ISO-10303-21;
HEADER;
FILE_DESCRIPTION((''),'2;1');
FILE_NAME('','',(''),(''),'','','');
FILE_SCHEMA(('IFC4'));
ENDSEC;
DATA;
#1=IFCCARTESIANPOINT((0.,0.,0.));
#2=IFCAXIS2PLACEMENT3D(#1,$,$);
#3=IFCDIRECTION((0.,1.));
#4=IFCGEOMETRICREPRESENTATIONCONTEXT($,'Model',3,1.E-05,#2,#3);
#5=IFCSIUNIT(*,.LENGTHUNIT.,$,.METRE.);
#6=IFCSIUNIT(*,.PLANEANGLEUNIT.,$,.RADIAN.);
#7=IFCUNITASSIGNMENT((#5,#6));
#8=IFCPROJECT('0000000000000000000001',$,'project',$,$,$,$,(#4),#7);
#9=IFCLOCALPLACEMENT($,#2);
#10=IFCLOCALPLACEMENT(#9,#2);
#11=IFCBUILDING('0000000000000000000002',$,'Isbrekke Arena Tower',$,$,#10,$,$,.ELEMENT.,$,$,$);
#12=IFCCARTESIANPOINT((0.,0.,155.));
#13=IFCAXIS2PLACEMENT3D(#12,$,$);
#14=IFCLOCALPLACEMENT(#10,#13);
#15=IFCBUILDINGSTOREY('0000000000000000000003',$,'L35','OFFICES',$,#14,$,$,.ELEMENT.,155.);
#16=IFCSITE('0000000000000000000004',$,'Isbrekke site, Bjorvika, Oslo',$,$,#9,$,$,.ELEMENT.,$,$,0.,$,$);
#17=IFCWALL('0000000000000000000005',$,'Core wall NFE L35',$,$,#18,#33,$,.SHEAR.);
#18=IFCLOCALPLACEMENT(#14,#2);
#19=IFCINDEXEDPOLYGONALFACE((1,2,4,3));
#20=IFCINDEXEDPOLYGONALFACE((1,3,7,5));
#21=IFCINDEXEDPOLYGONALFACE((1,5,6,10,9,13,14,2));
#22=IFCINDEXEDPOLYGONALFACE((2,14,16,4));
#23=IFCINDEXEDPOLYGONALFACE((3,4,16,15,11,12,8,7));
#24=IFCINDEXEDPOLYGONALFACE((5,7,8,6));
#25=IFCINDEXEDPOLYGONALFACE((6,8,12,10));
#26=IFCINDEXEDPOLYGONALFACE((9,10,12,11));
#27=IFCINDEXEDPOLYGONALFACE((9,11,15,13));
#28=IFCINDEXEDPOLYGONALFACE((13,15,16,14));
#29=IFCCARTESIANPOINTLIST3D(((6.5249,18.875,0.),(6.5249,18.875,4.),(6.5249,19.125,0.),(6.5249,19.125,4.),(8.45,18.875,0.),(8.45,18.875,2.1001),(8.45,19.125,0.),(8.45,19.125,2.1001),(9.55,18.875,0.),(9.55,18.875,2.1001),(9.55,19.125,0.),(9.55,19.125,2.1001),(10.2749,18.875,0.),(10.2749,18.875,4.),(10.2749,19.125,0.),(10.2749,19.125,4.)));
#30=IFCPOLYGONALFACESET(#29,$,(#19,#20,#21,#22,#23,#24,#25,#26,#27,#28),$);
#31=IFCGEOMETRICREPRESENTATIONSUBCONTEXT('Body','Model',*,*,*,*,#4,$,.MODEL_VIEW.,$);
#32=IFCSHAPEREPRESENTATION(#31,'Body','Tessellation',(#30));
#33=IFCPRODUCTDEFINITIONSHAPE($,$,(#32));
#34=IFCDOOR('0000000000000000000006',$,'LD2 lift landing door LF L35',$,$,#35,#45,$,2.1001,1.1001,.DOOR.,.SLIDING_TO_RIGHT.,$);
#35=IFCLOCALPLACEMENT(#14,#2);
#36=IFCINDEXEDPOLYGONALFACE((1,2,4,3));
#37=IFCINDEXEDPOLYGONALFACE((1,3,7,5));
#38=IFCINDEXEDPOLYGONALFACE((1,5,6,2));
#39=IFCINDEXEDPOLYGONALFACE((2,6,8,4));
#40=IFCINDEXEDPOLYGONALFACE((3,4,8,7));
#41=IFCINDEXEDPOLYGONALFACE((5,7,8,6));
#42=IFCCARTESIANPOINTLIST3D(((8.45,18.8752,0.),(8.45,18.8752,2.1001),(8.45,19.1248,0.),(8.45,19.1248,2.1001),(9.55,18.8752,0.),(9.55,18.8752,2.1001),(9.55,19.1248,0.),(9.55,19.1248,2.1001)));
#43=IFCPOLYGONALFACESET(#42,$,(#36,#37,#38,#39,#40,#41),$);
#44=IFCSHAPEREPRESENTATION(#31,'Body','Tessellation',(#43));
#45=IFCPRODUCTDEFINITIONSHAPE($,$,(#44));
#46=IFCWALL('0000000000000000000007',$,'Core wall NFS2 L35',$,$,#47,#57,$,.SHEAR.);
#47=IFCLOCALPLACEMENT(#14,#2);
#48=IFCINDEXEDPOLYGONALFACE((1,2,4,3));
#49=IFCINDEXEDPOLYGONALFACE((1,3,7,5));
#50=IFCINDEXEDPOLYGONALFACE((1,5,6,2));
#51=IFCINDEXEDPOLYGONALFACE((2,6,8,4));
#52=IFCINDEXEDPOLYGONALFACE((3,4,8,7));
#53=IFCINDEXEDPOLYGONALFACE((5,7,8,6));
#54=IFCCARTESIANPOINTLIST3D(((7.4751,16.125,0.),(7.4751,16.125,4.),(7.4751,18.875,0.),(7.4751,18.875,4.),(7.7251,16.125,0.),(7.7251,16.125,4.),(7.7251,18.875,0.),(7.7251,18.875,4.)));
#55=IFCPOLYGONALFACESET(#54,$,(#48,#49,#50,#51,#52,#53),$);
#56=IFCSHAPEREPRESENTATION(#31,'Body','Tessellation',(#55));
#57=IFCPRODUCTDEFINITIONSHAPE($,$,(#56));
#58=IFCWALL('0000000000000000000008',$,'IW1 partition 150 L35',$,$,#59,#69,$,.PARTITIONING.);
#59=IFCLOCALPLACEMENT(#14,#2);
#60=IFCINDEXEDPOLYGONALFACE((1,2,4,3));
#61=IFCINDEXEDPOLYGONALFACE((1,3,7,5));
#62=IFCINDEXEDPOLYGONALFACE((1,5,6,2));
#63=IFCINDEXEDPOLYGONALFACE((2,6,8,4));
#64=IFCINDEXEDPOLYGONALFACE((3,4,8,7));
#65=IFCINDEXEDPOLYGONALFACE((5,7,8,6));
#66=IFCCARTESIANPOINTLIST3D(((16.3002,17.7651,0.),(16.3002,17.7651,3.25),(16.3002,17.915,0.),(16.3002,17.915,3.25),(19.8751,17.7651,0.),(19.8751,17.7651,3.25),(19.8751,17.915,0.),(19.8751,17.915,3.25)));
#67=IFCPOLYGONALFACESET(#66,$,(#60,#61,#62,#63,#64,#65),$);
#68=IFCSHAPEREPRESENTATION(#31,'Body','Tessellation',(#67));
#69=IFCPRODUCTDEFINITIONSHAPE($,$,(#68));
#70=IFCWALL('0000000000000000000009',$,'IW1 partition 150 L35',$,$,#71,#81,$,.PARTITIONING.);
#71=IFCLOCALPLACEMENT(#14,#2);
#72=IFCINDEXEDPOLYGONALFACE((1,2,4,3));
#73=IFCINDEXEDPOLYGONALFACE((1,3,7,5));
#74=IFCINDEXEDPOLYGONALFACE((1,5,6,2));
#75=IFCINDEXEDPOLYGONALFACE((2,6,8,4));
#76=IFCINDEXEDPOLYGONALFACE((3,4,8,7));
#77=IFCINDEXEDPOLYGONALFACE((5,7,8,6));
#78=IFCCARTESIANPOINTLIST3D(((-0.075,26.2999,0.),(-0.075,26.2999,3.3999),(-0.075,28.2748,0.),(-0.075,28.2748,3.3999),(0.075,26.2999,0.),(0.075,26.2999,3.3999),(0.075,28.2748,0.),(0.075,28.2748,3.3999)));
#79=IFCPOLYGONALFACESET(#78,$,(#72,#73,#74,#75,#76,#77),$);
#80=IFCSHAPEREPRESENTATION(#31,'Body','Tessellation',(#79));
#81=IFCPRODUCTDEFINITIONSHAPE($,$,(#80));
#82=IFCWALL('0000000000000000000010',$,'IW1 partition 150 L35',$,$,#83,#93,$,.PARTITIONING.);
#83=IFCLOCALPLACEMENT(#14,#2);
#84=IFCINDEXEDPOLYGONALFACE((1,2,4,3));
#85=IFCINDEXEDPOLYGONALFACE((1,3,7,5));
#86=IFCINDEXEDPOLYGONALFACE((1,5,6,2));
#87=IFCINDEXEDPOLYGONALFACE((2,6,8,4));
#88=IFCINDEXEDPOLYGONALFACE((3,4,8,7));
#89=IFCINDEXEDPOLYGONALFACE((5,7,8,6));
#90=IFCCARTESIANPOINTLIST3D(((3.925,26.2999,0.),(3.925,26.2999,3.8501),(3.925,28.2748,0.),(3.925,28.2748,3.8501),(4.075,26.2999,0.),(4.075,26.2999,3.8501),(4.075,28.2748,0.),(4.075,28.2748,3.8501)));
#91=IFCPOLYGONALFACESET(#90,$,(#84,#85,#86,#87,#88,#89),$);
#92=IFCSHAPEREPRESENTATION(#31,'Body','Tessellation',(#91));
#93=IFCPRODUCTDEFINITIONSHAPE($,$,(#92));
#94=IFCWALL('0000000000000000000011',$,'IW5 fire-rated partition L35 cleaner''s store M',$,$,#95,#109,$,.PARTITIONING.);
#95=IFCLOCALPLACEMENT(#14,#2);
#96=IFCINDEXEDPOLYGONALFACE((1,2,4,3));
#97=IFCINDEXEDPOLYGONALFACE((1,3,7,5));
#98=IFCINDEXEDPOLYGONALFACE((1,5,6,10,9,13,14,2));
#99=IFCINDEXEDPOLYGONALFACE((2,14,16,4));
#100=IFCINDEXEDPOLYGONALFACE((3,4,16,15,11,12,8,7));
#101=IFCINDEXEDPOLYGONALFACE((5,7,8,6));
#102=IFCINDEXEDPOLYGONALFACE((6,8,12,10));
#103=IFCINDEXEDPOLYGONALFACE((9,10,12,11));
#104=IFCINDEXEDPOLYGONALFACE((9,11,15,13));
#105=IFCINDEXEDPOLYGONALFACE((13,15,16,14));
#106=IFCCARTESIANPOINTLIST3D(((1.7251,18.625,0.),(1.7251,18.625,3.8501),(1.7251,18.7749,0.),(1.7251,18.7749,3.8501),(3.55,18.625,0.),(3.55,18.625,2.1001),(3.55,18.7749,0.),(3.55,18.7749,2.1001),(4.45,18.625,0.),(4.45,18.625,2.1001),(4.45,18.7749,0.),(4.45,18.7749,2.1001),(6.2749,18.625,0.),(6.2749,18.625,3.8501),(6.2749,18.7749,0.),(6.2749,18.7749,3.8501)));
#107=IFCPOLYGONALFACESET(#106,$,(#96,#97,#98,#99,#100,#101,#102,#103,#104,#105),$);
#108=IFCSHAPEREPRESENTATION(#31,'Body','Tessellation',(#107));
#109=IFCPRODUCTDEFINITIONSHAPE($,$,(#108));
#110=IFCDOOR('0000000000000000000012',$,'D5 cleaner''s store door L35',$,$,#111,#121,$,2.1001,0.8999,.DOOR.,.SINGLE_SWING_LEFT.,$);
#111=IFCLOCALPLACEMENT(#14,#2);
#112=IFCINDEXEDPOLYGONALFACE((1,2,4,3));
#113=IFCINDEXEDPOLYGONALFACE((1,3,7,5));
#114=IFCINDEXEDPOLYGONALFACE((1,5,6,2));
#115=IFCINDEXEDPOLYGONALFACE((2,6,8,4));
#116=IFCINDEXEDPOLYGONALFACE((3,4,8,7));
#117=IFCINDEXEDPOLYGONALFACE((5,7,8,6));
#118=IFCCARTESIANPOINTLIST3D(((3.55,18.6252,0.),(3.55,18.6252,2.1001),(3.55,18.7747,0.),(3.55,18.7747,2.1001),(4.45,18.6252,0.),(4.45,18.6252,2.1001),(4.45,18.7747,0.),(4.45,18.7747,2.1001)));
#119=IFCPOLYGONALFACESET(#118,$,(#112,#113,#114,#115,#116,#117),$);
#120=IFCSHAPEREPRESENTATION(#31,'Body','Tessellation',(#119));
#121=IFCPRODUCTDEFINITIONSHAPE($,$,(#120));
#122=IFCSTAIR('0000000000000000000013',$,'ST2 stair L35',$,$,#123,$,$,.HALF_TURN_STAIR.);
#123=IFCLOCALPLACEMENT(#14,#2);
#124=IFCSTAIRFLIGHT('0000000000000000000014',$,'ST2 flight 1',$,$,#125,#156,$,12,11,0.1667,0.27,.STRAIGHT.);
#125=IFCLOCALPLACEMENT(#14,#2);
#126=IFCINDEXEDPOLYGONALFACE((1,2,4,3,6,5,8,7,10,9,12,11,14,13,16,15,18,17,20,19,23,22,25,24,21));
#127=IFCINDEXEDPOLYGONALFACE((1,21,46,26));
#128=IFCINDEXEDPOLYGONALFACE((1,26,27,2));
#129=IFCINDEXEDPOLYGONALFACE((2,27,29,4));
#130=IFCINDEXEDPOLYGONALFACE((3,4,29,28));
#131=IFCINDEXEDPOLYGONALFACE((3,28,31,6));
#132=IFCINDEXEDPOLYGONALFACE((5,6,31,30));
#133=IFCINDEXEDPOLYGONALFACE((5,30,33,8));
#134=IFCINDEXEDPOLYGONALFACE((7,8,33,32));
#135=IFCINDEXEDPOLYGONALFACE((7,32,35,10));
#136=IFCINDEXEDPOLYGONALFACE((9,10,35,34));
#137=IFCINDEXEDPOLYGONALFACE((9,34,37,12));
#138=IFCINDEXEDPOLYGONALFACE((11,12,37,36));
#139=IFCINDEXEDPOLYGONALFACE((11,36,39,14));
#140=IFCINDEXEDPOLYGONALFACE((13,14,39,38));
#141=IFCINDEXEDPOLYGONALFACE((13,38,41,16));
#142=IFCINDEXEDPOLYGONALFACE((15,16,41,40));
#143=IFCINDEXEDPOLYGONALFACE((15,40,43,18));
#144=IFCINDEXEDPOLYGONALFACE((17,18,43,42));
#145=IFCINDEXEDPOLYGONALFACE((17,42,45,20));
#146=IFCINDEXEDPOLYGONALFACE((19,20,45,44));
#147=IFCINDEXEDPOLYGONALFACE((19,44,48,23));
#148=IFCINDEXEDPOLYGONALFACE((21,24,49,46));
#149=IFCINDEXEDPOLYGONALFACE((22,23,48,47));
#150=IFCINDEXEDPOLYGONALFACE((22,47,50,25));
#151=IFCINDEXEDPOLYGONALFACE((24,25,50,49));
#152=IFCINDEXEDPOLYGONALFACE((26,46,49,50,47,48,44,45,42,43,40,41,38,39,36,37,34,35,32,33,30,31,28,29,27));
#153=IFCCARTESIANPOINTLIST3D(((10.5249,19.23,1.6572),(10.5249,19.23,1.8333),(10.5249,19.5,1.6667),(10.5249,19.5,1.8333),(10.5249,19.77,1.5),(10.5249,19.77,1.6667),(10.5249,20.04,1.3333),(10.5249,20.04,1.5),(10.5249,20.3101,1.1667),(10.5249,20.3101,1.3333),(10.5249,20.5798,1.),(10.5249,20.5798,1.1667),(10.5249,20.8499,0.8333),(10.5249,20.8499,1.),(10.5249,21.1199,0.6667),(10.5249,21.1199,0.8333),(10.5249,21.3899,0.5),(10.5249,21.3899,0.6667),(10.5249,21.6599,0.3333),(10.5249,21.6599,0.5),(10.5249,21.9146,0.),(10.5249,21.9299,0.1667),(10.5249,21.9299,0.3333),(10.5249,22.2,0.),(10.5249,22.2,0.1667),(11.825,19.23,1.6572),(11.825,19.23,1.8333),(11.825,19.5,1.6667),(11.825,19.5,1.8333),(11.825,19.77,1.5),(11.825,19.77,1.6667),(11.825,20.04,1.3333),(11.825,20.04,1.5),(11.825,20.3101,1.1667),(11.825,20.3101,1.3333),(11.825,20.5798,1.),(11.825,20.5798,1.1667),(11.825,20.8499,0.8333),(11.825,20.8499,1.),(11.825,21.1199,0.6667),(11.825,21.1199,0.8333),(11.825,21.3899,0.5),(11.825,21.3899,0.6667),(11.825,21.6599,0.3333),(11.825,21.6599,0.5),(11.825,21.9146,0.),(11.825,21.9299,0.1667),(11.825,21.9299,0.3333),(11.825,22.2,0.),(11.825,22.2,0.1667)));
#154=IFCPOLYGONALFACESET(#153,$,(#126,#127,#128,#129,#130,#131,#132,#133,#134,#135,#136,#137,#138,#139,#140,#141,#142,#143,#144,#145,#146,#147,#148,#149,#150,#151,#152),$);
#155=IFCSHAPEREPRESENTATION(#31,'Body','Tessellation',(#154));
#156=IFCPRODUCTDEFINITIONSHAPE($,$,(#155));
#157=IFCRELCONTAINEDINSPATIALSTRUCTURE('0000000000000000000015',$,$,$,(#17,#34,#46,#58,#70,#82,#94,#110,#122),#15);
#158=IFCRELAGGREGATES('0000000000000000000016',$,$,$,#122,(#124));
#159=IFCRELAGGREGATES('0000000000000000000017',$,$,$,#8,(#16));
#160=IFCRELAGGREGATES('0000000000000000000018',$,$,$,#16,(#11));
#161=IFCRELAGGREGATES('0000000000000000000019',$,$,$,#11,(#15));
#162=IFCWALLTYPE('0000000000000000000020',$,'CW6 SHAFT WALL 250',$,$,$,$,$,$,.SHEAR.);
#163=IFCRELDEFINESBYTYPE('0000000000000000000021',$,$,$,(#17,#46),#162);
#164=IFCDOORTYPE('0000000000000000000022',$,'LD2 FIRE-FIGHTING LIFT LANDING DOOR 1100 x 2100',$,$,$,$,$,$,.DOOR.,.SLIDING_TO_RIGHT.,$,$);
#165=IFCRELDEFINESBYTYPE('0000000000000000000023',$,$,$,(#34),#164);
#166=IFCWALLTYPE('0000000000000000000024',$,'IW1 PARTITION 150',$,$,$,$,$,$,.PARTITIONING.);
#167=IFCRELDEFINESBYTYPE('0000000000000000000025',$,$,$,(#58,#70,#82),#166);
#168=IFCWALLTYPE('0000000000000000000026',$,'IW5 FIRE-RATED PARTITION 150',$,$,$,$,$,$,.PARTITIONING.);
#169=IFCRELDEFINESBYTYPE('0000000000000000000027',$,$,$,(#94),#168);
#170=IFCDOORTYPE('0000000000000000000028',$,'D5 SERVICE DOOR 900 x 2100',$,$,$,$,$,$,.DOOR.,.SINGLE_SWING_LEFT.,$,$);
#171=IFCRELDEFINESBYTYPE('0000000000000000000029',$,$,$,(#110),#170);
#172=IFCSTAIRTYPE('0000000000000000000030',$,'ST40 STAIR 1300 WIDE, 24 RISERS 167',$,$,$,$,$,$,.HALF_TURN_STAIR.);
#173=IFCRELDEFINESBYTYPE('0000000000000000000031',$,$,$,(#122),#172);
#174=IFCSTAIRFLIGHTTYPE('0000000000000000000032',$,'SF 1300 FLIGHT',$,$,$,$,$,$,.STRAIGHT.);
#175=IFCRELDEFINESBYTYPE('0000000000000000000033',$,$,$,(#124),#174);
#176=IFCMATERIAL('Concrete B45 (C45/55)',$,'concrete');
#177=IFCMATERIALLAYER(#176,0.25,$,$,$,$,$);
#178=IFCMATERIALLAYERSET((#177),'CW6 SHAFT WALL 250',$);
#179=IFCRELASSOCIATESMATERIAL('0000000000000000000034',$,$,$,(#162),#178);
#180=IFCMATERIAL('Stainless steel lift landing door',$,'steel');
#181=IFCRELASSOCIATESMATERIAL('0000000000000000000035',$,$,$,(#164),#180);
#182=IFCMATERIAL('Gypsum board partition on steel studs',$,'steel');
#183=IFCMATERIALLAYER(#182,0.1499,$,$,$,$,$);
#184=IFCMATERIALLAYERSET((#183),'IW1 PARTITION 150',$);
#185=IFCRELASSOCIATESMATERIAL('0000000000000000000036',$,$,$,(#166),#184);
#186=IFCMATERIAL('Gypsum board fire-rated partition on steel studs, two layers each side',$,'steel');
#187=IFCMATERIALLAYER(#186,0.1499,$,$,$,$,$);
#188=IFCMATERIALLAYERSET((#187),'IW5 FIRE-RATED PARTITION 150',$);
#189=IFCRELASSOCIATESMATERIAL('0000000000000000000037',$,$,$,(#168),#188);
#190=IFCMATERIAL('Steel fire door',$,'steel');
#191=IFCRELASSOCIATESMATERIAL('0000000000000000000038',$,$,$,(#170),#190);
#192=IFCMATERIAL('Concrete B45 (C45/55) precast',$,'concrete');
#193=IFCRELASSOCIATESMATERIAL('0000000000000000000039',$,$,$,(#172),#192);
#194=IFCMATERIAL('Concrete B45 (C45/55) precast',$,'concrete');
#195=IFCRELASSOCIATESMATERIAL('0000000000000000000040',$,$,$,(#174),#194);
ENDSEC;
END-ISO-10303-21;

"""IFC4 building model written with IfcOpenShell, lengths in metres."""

from ifc_helpers import new_model, si_unit, direction, frame, frame_2d, origin, place, context, subcontext, project, spatial, polyline, rectangle, outline, extrude, material, layer, layer_set, type_object, element, fill, aggregate, save


model = new_model("IFC4")

# Units and contexts
model_context = context("Model", 3, precision=1e-05, world=origin(), true_north=direction((0.0, 1.0)))
body_context = subcontext(model_context, "Body", "Model", "MODEL_VIEW")
ifc_project = project(units=[si_unit("LENGTHUNIT", "METRE"), si_unit("PLANEANGLEUNIT", "RADIAN")], contexts=[model_context])

# Site, building, storey
site_placement = place(None, origin())
site = spatial("IfcSite", under=ifc_project, at=site_placement, Name="Isbrekke site, Bjorvika, Oslo", CompositionType="ELEMENT", RefElevation=0.0)
building_placement = place(site_placement, origin())
building = spatial("IfcBuilding", under=site, at=building_placement, Name="Isbrekke Arena Tower", CompositionType="ELEMENT")
storey_placement = place(building_placement, frame((0.0, 0.0, 155.0)))
storey = spatial("IfcBuildingStorey", under=building, at=storey_placement, Name="L35", Description="OFFICES", CompositionType="ELEMENT", Elevation=155.0)

# Shared definitions
ifc_material_1 = material(Name="Concrete B45 (C45/55)", Category="concrete")
ifc_layer_1 = layer(ifc_material_1, 0.25)
ifc_layer_set_1 = layer_set([ifc_layer_1], Name="CW6 SHAFT WALL 250")
wall_type_1 = type_object("IfcWallType", Name="CW6 SHAFT WALL 250", PredefinedType="SHEAR", material=ifc_layer_set_1)

# Wall, opening, door
wall_1_placement = place(storey_placement, frame((6.5249, 19.0, 0.0), z_axis=(0.0, 0.0, 1.0), x_axis=(1.0, 0.0, 0.0)))
wall_1 = element("IfcWall", 1, at=wall_1_placement, inside=storey, type_object=wall_type_1, Name="Core wall NFE L35", PredefinedType="SHEAR", context=body_context, shape_type="SweptSolid", body=[
    extrude(rectangle(XDim=3.75, YDim=0.25, at=frame_2d((1.875, 0.0))), origin(), (0.0, 0.0, 1.0), 4.0),
])
opening_1_placement = place(wall_1_placement, frame((1.925, 0.0, 0.0)))
opening_1 = element("IfcOpeningElement", 2, at=opening_1_placement, cuts=wall_1, PredefinedType="OPENING", context=body_context, shape_type="SweptSolid", body=[
    extrude(rectangle(XDim=1.1001, YDim=2.1001, at=frame_2d((0.55, 1.05))), frame((0.0, 0.1399, 0.0), z_axis=(0.0, -1.0, 0.0), x_axis=(1.0, 0.0, 0.0)), (0.0, 0.0, 1.0), 0.2798),
])
ifc_material_2 = material(Name="Stainless steel lift landing door", Category="steel")
door_type_1 = type_object("IfcDoorType", Name="LD2 FIRE-FIGHTING LIFT LANDING DOOR 1100 x 2100", OperationType="SLIDING_TO_RIGHT", PredefinedType="DOOR", material=ifc_material_2)
door_1_placement = place(opening_1_placement, origin())
door_1 = element("IfcDoor", 3, at=door_1_placement, inside=storey, type_object=door_type_1, Name="LD2 lift landing door LF L35", OperationType="SLIDING_TO_RIGHT", OverallHeight=2.1001, OverallWidth=1.1001, PredefinedType="DOOR", context=body_context, shape_type="SweptSolid", body=[
    extrude(rectangle(XDim=1.1001, YDim=2.1001, at=frame_2d((0.55, 1.05))), frame((0.0, 0.1248, 0.0), z_axis=(0.0, -1.0, 0.0), x_axis=(1.0, 0.0, 0.0)), (0.0, 0.0, 1.0), 0.2495),
])
fill(opening_1, door_1)

# Walls
wall_2_placement = place(storey_placement, frame((7.6001, 16.125, 0.0), z_axis=(0.0, 0.0, 1.0), x_axis=(0.0, 1.0, 0.0)))
element("IfcWall", 4, at=wall_2_placement, inside=storey, type_object=wall_type_1, Name="Core wall NFS2 L35", PredefinedType="SHEAR", context=body_context, shape_type="SweptSolid", body=[
    extrude(rectangle(XDim=2.75, YDim=0.25, at=frame_2d((1.375, 0.0))), origin(), (0.0, 0.0, 1.0), 4.0),
])
ifc_material_3 = material(Name="Gypsum board partition on steel studs", Category="steel")
ifc_layer_2 = layer(ifc_material_3, 0.1499)
ifc_layer_set_2 = layer_set([ifc_layer_2], Name="IW1 PARTITION 150")
wall_type_2 = type_object("IfcWallType", Name="IW1 PARTITION 150", PredefinedType="PARTITIONING", material=ifc_layer_set_2)
wall_3_placement = place(storey_placement, frame((16.3, 17.8401, 0.0), z_axis=(0.0, 0.0, 1.0), x_axis=(1.0, 0.0, 0.0)))
element("IfcWall", 5, at=wall_3_placement, inside=storey, type_object=wall_type_2, Name="IW1 partition 150 L35", PredefinedType="PARTITIONING", context=body_context, shape_type="SweptSolid", body=[
    extrude(rectangle(XDim=3.575, YDim=0.1499, at=frame_2d((1.7876, 0.0))), origin(), (0.0, 0.0, 1.0), 3.25),
])
wall_4_placement = place(storey_placement, frame((0.0, 26.3, 0.0), z_axis=(0.0, 0.0, 1.0), x_axis=(0.0, 1.0, 0.0)))
element("IfcWall", 6, at=wall_4_placement, inside=storey, type_object=wall_type_2, Name="IW1 partition 150 L35", PredefinedType="PARTITIONING", context=body_context, shape_type="SweptSolid", body=[
    extrude(rectangle(XDim=1.9749, YDim=0.1499, at=frame_2d((0.9873, 0.0))), origin(), (0.0, 0.0, 1.0), 3.3999),
])
wall_5_placement = place(storey_placement, frame((4.0, 26.3, 0.0), z_axis=(0.0, 0.0, 1.0), x_axis=(0.0, 1.0, 0.0)))
element("IfcWall", 7, at=wall_5_placement, inside=storey, type_object=wall_type_2, Name="IW1 partition 150 L35", PredefinedType="PARTITIONING", context=body_context, shape_type="SweptSolid", body=[
    extrude(rectangle(XDim=1.9749, YDim=0.1499, at=frame_2d((0.9873, 0.0))), origin(), (0.0, 0.0, 1.0), 3.8501),
])

# Wall, opening, door
ifc_material_4 = material(Name="Gypsum board fire-rated partition on steel studs, two layers each side", Category="steel")
ifc_layer_3 = layer(ifc_material_4, 0.1499)
ifc_layer_set_3 = layer_set([ifc_layer_3], Name="IW5 FIRE-RATED PARTITION 150")
wall_type_3 = type_object("IfcWallType", Name="IW5 FIRE-RATED PARTITION 150", PredefinedType="PARTITIONING", material=ifc_layer_set_3)
wall_6_placement = place(storey_placement, frame((1.7251, 18.7, 0.0), z_axis=(0.0, 0.0, 1.0), x_axis=(1.0, 0.0, 0.0)))
wall_6 = element("IfcWall", 8, at=wall_6_placement, inside=storey, type_object=wall_type_3, Name="IW5 fire-rated partition L35 cleaner's store M", PredefinedType="PARTITIONING", context=body_context, shape_type="SweptSolid", body=[
    extrude(rectangle(XDim=4.5498, YDim=0.1499, at=frame_2d((2.2749, 0.0))), origin(), (0.0, 0.0, 1.0), 3.8501),
])
opening_2_placement = place(wall_6_placement, frame((1.825, 0.0, 0.0)))
opening_2 = element("IfcOpeningElement", 9, at=opening_2_placement, cuts=wall_6, PredefinedType="OPENING", context=body_context, shape_type="SweptSolid", body=[
    extrude(rectangle(XDim=0.8999, YDim=2.1001, at=frame_2d((0.45, 1.05))), frame((0.0, 0.0898, 0.0), z_axis=(0.0, -1.0, 0.0), x_axis=(1.0, 0.0, 0.0)), (0.0, 0.0, 1.0), 0.1797),
])
ifc_material_5 = material(Name="Steel fire door", Category="steel")
door_type_2 = type_object("IfcDoorType", Name="D5 SERVICE DOOR 900 x 2100", OperationType="SINGLE_SWING_LEFT", PredefinedType="DOOR", material=ifc_material_5)
door_2_placement = place(opening_2_placement, origin())
door_2 = element("IfcDoor", 10, at=door_2_placement, inside=storey, type_object=door_type_2, Name="D5 cleaner's store door L35", OperationType="SINGLE_SWING_LEFT", OverallHeight=2.1001, OverallWidth=0.8999, PredefinedType="DOOR", context=body_context, shape_type="SweptSolid", body=[
    extrude(rectangle(XDim=0.8999, YDim=2.1001, at=frame_2d((0.45, 1.05))), frame((0.0, 0.0747, 0.0), z_axis=(0.0, -1.0, 0.0), x_axis=(1.0, 0.0, 0.0)), (0.0, 0.0, 1.0), 0.1494),
])
fill(opening_2, door_2)

# Stair, stair flight
ifc_material_6 = material(Name="Concrete B45 (C45/55) precast", Category="concrete")
stair_type = type_object("IfcStairType", Name="ST40 STAIR 1300 WIDE, 24 RISERS 167", PredefinedType="HALF_TURN_STAIR", material=ifc_material_6)
stair_placement = place(storey_placement, origin())
stair = element("IfcStair", 11, at=stair_placement, inside=storey, type_object=stair_type, Name="ST2 stair L35", PredefinedType="HALF_TURN_STAIR")
ifc_material_7 = material(Name="Concrete B45 (C45/55) precast", Category="concrete")
stair_flight_type = type_object("IfcStairFlightType", Name="SF 1300 FLIGHT", PredefinedType="STRAIGHT", material=ifc_material_7)
stair_flight_1_placement = place(storey_placement, frame((11.175, 22.2, 0.0), z_axis=(0.0, 0.0, 1.0), x_axis=(0.0, -1.0, 0.0)))
stair_flight_1 = element("IfcStairFlight", 12, at=stair_flight_1_placement, type_object=stair_flight_type, Name="ST2 flight 1", NumberOfRisers=12, NumberOfTreads=11, PredefinedType="STRAIGHT", RiserHeight=0.1667, TreadLength=0.27, context=body_context, shape_type="SweptSolid", body=[
    extrude(outline(polyline([(0.0, 0.0), (0.0, 0.1667), (0.27, 0.1667), (0.27, 0.3333), (0.54, 0.3333), (0.54, 0.5), (0.8101, 0.5), (0.8101, 0.6667), (1.0801, 0.6667), (1.0801, 0.8333), (1.3501, 0.8333), (1.3501, 1.0), (1.6201, 1.0), (1.6201, 1.1667), (1.8899, 1.1667), (1.8899, 1.3333), (2.1599, 1.3333), (2.1599, 1.5), (2.4299, 1.5), (2.4299, 1.6667), (2.7, 1.6667), (2.7, 1.8333), (2.97, 1.8333), (2.97, 2.0), (2.97, 1.6572), (0.2854, 0.0), (0.0, 0.0)])), frame((0.0, 0.6499, 0.0), z_axis=(0.0, -1.0, 0.0), x_axis=(1.0, 0.0, 0.0)), (0.0, 0.0, 1.0), 1.3),
])
aggregate(stair, [stair_flight_1])

save(model, "model.ifc")
